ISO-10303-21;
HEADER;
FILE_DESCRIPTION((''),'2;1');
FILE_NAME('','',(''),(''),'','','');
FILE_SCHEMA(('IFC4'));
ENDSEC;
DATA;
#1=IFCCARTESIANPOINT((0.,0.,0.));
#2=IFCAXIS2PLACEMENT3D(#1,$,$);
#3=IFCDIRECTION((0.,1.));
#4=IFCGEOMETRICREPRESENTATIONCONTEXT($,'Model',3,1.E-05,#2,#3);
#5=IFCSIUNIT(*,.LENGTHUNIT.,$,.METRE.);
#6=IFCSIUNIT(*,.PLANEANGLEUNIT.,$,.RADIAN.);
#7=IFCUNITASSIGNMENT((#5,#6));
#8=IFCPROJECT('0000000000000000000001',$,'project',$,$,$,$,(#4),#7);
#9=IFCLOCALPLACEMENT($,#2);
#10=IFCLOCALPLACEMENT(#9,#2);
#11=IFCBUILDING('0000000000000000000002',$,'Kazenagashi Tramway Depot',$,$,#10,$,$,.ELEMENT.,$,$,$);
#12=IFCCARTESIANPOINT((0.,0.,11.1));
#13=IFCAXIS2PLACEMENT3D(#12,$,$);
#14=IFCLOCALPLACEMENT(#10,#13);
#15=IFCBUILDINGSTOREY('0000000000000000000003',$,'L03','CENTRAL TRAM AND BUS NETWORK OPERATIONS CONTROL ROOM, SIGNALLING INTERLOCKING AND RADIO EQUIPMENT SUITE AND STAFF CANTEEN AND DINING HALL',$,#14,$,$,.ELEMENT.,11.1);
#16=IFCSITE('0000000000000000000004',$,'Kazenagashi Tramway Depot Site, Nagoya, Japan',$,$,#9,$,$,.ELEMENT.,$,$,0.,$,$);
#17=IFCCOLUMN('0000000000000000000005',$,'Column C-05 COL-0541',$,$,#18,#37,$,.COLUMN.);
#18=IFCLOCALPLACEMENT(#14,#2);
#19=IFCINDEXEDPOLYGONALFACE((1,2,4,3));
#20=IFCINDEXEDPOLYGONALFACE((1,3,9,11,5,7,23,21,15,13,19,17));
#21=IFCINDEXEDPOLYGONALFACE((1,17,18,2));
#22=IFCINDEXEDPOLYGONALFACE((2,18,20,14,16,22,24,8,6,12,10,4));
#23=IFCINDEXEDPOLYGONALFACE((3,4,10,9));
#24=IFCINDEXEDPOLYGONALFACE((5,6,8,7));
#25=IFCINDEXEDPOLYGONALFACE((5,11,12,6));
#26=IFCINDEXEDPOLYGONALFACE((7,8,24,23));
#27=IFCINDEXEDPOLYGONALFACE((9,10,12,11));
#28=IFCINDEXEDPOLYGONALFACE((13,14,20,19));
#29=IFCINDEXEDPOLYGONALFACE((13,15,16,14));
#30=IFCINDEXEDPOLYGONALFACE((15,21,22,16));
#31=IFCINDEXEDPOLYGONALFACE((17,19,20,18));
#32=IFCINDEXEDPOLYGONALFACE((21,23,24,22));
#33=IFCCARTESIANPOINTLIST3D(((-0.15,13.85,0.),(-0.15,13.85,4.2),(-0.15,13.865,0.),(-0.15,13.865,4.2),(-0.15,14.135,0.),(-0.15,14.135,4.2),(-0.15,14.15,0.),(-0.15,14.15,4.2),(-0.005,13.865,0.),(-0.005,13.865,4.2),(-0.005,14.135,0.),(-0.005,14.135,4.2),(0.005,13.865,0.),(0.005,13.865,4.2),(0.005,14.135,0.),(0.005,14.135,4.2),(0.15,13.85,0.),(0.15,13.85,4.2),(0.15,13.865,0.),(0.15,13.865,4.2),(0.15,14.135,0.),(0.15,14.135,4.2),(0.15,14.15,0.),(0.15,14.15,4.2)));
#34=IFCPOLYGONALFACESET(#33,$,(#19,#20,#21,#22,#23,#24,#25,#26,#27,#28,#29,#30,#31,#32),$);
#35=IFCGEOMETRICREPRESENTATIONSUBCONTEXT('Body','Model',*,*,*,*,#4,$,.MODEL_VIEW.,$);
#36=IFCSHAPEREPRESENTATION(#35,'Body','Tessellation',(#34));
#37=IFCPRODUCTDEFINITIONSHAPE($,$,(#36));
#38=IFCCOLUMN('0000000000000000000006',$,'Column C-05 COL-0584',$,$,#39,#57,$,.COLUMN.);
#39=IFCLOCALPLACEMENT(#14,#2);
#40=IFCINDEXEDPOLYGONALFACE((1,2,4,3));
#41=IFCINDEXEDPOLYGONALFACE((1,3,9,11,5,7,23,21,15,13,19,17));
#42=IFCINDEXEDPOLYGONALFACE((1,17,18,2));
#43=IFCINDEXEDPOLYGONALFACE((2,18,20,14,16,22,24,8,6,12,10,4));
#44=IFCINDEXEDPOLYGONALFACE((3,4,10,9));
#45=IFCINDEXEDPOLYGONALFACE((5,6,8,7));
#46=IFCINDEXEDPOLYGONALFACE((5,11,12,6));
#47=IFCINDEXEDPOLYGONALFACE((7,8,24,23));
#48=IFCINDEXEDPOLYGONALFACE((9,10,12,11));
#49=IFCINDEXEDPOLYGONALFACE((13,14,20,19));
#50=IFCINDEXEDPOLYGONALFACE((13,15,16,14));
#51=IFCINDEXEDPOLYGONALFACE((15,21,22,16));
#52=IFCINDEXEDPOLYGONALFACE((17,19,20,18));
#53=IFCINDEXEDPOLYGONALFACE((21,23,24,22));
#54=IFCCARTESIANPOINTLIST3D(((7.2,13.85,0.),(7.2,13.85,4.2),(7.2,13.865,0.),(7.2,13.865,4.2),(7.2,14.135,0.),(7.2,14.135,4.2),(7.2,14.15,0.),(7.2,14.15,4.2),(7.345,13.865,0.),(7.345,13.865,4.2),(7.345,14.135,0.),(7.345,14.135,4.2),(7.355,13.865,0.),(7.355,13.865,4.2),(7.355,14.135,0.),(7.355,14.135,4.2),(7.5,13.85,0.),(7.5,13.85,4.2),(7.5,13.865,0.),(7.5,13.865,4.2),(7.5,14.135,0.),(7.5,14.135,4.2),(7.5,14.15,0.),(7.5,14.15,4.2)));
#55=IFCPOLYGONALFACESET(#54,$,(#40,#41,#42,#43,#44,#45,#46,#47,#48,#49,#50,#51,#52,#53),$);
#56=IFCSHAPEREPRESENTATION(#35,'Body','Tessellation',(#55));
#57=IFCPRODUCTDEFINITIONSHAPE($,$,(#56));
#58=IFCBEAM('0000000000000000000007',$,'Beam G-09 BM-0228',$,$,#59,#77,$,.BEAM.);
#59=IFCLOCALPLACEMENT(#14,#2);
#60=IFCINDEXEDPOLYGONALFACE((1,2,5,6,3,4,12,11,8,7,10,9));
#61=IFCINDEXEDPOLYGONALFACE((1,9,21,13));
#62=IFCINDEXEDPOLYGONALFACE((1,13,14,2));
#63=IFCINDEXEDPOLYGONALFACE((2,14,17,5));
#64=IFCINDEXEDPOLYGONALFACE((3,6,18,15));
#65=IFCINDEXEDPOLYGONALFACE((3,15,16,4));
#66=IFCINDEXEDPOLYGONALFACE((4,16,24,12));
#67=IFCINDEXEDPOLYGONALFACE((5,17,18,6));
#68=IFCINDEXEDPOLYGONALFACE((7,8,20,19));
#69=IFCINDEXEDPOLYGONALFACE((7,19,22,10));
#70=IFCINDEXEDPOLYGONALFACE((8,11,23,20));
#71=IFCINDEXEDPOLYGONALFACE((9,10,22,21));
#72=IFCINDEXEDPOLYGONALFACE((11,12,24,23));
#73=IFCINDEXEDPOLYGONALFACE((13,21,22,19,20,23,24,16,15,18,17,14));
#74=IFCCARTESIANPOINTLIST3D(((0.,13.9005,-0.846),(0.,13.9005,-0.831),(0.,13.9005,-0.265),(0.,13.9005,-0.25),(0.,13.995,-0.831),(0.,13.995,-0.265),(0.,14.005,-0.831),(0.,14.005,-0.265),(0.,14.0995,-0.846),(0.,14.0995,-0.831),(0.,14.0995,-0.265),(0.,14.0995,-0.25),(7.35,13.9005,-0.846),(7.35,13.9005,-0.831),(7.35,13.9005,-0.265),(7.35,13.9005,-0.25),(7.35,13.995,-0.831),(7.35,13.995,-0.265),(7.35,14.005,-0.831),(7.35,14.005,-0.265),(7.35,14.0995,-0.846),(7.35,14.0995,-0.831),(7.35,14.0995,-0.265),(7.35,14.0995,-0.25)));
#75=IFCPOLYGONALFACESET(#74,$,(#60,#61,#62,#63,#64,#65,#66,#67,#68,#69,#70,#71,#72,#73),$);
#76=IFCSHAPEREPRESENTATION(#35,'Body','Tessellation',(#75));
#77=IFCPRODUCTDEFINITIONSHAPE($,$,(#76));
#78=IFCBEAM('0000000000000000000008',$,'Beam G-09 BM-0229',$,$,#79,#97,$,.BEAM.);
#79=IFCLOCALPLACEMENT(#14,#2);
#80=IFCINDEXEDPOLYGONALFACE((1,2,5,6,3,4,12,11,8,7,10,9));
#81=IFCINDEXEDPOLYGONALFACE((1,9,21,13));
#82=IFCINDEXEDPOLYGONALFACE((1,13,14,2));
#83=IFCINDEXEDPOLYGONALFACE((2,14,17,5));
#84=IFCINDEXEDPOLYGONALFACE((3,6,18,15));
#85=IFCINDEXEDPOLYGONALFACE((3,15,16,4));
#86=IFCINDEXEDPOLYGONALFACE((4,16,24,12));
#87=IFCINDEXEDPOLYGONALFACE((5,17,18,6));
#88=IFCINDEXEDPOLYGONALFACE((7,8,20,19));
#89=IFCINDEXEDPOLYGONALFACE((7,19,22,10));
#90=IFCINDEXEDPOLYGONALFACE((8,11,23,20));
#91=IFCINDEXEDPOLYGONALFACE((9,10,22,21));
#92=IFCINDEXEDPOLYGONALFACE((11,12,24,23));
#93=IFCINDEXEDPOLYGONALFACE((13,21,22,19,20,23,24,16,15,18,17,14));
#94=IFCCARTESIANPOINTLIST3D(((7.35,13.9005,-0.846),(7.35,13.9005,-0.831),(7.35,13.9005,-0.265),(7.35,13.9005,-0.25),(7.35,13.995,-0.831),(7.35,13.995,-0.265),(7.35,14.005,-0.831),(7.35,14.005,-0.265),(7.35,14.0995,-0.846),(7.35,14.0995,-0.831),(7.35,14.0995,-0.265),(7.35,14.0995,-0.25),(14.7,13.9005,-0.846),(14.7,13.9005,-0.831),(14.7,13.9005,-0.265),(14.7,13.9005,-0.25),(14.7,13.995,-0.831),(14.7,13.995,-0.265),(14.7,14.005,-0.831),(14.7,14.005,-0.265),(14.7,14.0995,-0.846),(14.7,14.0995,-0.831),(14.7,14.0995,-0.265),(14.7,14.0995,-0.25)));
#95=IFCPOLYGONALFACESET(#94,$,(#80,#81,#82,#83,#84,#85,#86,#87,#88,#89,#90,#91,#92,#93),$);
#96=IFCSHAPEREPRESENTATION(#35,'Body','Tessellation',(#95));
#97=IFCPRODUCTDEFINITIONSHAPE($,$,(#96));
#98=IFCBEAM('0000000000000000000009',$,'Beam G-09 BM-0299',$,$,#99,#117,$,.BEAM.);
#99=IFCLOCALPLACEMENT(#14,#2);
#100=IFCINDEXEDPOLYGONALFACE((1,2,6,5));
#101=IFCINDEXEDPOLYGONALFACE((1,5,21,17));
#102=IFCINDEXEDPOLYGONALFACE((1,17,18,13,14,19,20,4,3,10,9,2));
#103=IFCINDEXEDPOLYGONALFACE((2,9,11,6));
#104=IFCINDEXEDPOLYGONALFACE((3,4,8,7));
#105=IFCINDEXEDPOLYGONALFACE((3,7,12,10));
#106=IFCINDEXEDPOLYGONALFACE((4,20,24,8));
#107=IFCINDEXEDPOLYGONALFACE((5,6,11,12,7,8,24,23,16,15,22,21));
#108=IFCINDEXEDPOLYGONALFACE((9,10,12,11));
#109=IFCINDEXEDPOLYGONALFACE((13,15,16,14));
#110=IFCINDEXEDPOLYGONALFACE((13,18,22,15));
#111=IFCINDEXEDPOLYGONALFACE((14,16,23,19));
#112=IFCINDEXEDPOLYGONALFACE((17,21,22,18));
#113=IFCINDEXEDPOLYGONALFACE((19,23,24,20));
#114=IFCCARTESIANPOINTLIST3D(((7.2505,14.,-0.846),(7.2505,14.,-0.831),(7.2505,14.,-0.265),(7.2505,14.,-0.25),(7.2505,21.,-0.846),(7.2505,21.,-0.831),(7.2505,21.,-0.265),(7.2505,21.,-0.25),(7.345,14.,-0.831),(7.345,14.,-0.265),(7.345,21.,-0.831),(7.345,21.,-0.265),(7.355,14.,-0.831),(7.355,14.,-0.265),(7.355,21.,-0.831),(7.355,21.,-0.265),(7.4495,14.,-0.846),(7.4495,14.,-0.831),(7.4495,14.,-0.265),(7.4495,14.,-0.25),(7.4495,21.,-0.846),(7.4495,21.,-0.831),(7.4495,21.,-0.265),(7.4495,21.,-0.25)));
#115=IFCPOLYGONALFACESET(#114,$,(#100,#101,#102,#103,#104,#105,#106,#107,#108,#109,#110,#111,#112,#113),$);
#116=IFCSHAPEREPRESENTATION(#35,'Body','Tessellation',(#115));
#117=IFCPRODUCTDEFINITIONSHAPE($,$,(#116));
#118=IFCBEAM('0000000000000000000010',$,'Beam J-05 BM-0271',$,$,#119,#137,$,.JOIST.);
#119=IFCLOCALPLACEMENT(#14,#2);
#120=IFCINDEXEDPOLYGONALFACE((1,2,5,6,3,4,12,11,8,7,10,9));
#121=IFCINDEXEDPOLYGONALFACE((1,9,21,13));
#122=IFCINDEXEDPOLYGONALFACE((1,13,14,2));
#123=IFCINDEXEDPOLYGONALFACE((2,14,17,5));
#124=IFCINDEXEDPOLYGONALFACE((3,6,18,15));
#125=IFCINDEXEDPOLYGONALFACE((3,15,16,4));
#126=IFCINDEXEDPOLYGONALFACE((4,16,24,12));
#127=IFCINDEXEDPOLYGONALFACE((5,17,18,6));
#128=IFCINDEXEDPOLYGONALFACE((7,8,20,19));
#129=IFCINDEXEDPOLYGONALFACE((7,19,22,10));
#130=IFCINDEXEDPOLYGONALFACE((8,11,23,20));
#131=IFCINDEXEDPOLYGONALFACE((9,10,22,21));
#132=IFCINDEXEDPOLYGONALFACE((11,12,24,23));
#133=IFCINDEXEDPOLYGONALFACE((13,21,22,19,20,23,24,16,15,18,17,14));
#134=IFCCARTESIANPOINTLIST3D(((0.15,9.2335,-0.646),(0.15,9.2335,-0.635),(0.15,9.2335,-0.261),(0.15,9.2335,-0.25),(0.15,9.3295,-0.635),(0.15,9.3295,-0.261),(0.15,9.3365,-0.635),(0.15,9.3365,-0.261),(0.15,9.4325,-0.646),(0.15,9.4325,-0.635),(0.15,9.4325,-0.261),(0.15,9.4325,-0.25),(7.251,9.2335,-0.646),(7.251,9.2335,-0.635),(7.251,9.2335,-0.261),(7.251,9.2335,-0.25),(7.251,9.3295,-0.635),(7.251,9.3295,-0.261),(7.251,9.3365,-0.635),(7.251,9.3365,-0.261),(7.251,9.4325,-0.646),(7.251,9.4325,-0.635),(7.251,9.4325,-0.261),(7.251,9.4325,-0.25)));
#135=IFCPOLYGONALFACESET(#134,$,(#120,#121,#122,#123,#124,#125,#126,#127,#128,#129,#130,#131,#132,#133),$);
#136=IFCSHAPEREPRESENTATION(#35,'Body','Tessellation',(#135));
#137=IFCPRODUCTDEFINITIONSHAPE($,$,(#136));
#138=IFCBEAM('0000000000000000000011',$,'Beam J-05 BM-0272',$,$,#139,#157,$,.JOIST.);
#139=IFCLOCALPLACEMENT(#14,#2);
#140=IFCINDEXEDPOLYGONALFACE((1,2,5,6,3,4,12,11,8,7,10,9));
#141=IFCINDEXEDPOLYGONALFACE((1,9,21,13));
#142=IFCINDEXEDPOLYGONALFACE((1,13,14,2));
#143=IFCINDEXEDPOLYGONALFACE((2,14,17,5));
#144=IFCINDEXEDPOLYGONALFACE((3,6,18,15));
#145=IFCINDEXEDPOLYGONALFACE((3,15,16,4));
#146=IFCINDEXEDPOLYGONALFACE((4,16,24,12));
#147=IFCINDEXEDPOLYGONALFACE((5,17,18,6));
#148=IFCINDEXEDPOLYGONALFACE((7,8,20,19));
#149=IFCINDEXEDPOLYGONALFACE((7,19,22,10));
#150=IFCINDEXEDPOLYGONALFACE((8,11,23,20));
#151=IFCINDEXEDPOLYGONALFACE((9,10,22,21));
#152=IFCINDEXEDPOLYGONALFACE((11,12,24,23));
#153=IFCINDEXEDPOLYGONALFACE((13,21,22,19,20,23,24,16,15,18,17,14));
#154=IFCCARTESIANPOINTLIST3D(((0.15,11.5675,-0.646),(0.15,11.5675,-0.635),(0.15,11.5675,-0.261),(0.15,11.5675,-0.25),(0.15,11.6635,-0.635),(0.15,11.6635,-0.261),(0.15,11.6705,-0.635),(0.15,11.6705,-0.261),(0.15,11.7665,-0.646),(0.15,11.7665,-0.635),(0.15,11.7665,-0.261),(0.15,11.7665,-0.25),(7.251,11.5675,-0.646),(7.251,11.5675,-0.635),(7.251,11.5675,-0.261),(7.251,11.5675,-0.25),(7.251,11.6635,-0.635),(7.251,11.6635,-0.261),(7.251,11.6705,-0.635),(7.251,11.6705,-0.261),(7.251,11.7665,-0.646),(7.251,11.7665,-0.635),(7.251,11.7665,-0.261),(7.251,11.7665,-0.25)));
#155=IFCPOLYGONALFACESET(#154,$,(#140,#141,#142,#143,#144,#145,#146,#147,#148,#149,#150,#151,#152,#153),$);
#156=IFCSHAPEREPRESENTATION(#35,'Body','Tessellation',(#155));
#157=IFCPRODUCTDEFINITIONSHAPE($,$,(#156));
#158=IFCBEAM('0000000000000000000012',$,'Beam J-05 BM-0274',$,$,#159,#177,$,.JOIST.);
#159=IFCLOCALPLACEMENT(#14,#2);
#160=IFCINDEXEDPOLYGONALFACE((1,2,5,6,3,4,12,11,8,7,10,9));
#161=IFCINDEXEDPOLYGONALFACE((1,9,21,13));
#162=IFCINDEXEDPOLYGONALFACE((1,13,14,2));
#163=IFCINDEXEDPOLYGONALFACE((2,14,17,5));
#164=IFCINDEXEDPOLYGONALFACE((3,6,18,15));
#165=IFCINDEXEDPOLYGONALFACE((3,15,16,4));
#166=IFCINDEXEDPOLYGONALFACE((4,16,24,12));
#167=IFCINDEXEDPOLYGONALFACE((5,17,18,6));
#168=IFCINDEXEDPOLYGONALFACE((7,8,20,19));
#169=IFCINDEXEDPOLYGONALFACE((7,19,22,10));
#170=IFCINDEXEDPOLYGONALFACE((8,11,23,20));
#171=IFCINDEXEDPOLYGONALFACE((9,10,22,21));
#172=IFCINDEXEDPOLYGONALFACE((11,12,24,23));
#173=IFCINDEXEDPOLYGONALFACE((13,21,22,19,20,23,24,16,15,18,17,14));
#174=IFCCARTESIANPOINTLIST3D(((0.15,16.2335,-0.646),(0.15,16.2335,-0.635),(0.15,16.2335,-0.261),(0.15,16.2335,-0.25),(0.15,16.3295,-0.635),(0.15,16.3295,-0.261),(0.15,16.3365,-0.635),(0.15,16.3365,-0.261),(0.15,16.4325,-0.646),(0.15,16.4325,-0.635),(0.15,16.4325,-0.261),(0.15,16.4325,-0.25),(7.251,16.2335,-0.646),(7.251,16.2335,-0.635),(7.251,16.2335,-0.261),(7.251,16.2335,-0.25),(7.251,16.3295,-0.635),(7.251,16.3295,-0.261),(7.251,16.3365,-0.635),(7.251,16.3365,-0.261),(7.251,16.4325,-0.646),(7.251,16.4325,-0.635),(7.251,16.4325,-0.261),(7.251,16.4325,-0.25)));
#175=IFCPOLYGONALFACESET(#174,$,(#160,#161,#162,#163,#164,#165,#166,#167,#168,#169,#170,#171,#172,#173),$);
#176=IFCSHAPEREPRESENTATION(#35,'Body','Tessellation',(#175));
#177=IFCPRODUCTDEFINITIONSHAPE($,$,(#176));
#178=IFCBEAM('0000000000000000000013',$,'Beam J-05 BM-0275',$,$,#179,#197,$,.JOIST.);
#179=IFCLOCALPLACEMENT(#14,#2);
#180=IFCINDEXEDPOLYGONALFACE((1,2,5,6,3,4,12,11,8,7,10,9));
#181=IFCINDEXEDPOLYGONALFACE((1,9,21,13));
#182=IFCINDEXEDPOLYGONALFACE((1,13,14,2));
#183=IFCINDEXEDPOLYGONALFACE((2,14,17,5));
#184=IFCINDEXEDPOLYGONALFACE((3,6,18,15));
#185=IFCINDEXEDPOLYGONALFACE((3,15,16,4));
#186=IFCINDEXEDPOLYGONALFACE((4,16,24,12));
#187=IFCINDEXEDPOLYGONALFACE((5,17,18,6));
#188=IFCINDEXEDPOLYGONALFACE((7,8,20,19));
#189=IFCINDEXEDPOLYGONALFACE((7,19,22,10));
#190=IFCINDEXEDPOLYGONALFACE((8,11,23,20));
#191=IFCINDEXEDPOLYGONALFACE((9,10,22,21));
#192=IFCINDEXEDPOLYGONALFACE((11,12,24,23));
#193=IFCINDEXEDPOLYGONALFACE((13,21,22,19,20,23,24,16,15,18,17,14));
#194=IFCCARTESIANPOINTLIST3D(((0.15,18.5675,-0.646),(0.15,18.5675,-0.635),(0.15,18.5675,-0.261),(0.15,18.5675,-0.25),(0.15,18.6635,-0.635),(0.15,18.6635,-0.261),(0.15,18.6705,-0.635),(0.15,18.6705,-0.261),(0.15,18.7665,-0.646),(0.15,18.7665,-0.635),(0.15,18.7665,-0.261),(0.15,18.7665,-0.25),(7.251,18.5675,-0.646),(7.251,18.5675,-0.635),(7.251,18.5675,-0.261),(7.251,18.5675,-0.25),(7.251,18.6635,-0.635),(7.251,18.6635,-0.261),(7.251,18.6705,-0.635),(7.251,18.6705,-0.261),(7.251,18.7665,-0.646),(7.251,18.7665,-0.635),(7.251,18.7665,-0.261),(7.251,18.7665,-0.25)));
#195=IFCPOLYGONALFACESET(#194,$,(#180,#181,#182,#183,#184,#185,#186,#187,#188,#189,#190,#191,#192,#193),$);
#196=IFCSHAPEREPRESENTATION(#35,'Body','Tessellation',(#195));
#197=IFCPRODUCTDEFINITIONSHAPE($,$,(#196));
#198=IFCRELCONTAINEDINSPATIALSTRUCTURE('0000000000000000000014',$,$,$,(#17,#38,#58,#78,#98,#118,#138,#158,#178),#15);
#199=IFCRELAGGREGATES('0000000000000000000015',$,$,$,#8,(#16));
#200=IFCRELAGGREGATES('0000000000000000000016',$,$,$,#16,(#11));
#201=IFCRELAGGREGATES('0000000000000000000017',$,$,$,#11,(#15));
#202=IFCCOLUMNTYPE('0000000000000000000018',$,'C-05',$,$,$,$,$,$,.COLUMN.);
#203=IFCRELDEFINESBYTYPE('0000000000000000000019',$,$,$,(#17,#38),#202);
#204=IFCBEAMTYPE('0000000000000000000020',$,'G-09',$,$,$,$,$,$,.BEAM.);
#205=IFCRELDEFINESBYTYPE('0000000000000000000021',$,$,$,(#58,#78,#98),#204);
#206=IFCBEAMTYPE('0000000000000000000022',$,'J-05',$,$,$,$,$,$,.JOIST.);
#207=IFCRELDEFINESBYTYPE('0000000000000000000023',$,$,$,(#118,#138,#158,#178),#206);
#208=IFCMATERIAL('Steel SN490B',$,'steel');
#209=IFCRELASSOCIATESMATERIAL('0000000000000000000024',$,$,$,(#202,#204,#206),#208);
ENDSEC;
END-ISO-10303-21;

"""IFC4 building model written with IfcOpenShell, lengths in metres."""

from ifc_helpers import new_model, si_unit, direction, frame, origin, origin_2d, place, context, subcontext, project, spatial, i_section, extrude, material, material_profile, profile_set, type_object, element, save


model = new_model("IFC4")

# Units and contexts
model_context = context("Model", 3, precision=1e-05, world=origin(), true_north=direction((0.0, 1.0)))
body_context = subcontext(model_context, "Body", "Model", "MODEL_VIEW")
ifc_project = project(units=[si_unit("LENGTHUNIT", "METRE"), si_unit("PLANEANGLEUNIT", "RADIAN")], contexts=[model_context])

# Site, building, storey
site_placement = place(None, origin())
site = spatial("IfcSite", under=ifc_project, at=site_placement, Name="Kazenagashi Tramway Depot Site, Nagoya, Japan", CompositionType="ELEMENT", RefElevation=0.0)
building_placement = place(site_placement, origin())
building = spatial("IfcBuilding", under=site, at=building_placement, Name="Kazenagashi Tramway Depot", CompositionType="ELEMENT")
storey_placement = place(building_placement, frame((0.0, 0.0, 11.1)))
storey = spatial("IfcBuildingStorey", under=building, at=storey_placement, Name="L03", Description="CENTRAL TRAM AND BUS NETWORK OPERATIONS CONTROL ROOM, SIGNALLING INTERLOCKING AND RADIO EQUIPMENT SUITE AND STAFF CANTEEN AND DINING HALL", CompositionType="ELEMENT", Elevation=11.1)

# Columns
ifc_material_1 = material(Name="Steel SN490B", Category="steel")
ifc_material_profile_1 = material_profile(ifc_material_1, i_section(OverallWidth=0.3, OverallDepth=0.3, WebThickness=0.01, FlangeThickness=0.015, at=origin_2d()), Name="H-300x300x10x15")
ifc_profile_set_1 = profile_set([ifc_material_profile_1], Name="Steel SN490B")
column_type = type_object("IfcColumnType", Name="C-05", PredefinedType="COLUMN", material=ifc_profile_set_1)
for number, where, z_axis, x_axis, name in (
    (1, (0.0, 14.0, 0.0), (0.0, 0.0, 1.0), (1.0, 0.0, 0.0), "Column C-05 COL-0541"),
    (2, (7.35, 14.0, 0.0), (0.0, 0.0, 1.0), (1.0, 0.0, 0.0), "Column C-05 COL-0584"),
):
    element("IfcColumn", number, at=place(storey_placement, frame(where, z_axis=z_axis, x_axis=x_axis)), inside=storey, type_object=column_type, Name=name, PredefinedType="COLUMN", context=body_context, shape_type="SweptSolid", body=[
        extrude(i_section(OverallWidth=0.3, OverallDepth=0.3, WebThickness=0.01, FlangeThickness=0.015, at=origin_2d()), origin(), (0.0, 0.0, 1.0), 4.2),
    ])

# Beams
ifc_material_profile_2 = material_profile(ifc_material_1, i_section(OverallWidth=0.199, OverallDepth=0.596, WebThickness=0.01, FlangeThickness=0.015, at=origin_2d()), Name="H-596x199x10x15")
ifc_profile_set_2 = profile_set([ifc_material_profile_2], Name="Steel SN490B")
beam_type_1 = type_object("IfcBeamType", Name="G-09", PredefinedType="BEAM", material=ifc_profile_set_2)
for number, where, z_axis, x_axis, name in (
    (3, (0.0, 14.0, -0.548), (1.0, 0.0, 0.0), (0.0, 1.0, 0.0), "Beam G-09 BM-0228"),
    (4, (7.35, 14.0, -0.548), (1.0, 0.0, 0.0), (0.0, 1.0, 0.0), "Beam G-09 BM-0229"),
):
    element("IfcBeam", number, at=place(storey_placement, frame(where, z_axis=z_axis, x_axis=x_axis)), inside=storey, type_object=beam_type_1, Name=name, PredefinedType="BEAM", context=body_context, shape_type="SweptSolid", body=[
        extrude(i_section(OverallWidth=0.199, OverallDepth=0.596, WebThickness=0.01, FlangeThickness=0.015, at=origin_2d()), origin(), (0.0, 0.0, 1.0), 7.35),
    ])
beam_1_placement = place(storey_placement, frame((7.35, 14.0, -0.548), z_axis=(0.0, 1.0, 0.0), x_axis=(-1.0, 0.0, 0.0)))
element("IfcBeam", 5, at=beam_1_placement, inside=storey, type_object=beam_type_1, Name="Beam G-09 BM-0299", PredefinedType="BEAM", context=body_context, shape_type="SweptSolid", body=[
    extrude(i_section(OverallWidth=0.199, OverallDepth=0.596, WebThickness=0.01, FlangeThickness=0.015, at=origin_2d()), origin(), (0.0, 0.0, 1.0), 7.0),
])
ifc_material_profile_3 = material_profile(ifc_material_1, i_section(OverallWidth=0.199, OverallDepth=0.396, WebThickness=0.007, FlangeThickness=0.011, at=origin_2d()), Name="H-396x199x7x11")
ifc_profile_set_3 = profile_set([ifc_material_profile_3], Name="Steel SN490B")
beam_type_2 = type_object("IfcBeamType", Name="J-05", PredefinedType="JOIST", material=ifc_profile_set_3)
for number, where, z_axis, x_axis, name in (
    (6, (0.15, 9.333, -0.448), (1.0, 0.0, 0.0), (0.0, 1.0, 0.0), "Beam J-05 BM-0271"),
    (7, (0.15, 11.667, -0.448), (1.0, 0.0, 0.0), (0.0, 1.0, 0.0), "Beam J-05 BM-0272"),
    (8, (0.15, 16.333, -0.448), (1.0, 0.0, 0.0), (0.0, 1.0, 0.0), "Beam J-05 BM-0274"),
    (9, (0.15, 18.667, -0.448), (1.0, 0.0, 0.0), (0.0, 1.0, 0.0), "Beam J-05 BM-0275"),
):
    element("IfcBeam", number, at=place(storey_placement, frame(where, z_axis=z_axis, x_axis=x_axis)), inside=storey, type_object=beam_type_2, Name=name, PredefinedType="JOIST", context=body_context, shape_type="SweptSolid", body=[
        extrude(i_section(OverallWidth=0.199, OverallDepth=0.396, WebThickness=0.007, FlangeThickness=0.011, at=origin_2d()), origin(), (0.0, 0.0, 1.0), 7.101),
    ])

save(model, "model.ifc")
